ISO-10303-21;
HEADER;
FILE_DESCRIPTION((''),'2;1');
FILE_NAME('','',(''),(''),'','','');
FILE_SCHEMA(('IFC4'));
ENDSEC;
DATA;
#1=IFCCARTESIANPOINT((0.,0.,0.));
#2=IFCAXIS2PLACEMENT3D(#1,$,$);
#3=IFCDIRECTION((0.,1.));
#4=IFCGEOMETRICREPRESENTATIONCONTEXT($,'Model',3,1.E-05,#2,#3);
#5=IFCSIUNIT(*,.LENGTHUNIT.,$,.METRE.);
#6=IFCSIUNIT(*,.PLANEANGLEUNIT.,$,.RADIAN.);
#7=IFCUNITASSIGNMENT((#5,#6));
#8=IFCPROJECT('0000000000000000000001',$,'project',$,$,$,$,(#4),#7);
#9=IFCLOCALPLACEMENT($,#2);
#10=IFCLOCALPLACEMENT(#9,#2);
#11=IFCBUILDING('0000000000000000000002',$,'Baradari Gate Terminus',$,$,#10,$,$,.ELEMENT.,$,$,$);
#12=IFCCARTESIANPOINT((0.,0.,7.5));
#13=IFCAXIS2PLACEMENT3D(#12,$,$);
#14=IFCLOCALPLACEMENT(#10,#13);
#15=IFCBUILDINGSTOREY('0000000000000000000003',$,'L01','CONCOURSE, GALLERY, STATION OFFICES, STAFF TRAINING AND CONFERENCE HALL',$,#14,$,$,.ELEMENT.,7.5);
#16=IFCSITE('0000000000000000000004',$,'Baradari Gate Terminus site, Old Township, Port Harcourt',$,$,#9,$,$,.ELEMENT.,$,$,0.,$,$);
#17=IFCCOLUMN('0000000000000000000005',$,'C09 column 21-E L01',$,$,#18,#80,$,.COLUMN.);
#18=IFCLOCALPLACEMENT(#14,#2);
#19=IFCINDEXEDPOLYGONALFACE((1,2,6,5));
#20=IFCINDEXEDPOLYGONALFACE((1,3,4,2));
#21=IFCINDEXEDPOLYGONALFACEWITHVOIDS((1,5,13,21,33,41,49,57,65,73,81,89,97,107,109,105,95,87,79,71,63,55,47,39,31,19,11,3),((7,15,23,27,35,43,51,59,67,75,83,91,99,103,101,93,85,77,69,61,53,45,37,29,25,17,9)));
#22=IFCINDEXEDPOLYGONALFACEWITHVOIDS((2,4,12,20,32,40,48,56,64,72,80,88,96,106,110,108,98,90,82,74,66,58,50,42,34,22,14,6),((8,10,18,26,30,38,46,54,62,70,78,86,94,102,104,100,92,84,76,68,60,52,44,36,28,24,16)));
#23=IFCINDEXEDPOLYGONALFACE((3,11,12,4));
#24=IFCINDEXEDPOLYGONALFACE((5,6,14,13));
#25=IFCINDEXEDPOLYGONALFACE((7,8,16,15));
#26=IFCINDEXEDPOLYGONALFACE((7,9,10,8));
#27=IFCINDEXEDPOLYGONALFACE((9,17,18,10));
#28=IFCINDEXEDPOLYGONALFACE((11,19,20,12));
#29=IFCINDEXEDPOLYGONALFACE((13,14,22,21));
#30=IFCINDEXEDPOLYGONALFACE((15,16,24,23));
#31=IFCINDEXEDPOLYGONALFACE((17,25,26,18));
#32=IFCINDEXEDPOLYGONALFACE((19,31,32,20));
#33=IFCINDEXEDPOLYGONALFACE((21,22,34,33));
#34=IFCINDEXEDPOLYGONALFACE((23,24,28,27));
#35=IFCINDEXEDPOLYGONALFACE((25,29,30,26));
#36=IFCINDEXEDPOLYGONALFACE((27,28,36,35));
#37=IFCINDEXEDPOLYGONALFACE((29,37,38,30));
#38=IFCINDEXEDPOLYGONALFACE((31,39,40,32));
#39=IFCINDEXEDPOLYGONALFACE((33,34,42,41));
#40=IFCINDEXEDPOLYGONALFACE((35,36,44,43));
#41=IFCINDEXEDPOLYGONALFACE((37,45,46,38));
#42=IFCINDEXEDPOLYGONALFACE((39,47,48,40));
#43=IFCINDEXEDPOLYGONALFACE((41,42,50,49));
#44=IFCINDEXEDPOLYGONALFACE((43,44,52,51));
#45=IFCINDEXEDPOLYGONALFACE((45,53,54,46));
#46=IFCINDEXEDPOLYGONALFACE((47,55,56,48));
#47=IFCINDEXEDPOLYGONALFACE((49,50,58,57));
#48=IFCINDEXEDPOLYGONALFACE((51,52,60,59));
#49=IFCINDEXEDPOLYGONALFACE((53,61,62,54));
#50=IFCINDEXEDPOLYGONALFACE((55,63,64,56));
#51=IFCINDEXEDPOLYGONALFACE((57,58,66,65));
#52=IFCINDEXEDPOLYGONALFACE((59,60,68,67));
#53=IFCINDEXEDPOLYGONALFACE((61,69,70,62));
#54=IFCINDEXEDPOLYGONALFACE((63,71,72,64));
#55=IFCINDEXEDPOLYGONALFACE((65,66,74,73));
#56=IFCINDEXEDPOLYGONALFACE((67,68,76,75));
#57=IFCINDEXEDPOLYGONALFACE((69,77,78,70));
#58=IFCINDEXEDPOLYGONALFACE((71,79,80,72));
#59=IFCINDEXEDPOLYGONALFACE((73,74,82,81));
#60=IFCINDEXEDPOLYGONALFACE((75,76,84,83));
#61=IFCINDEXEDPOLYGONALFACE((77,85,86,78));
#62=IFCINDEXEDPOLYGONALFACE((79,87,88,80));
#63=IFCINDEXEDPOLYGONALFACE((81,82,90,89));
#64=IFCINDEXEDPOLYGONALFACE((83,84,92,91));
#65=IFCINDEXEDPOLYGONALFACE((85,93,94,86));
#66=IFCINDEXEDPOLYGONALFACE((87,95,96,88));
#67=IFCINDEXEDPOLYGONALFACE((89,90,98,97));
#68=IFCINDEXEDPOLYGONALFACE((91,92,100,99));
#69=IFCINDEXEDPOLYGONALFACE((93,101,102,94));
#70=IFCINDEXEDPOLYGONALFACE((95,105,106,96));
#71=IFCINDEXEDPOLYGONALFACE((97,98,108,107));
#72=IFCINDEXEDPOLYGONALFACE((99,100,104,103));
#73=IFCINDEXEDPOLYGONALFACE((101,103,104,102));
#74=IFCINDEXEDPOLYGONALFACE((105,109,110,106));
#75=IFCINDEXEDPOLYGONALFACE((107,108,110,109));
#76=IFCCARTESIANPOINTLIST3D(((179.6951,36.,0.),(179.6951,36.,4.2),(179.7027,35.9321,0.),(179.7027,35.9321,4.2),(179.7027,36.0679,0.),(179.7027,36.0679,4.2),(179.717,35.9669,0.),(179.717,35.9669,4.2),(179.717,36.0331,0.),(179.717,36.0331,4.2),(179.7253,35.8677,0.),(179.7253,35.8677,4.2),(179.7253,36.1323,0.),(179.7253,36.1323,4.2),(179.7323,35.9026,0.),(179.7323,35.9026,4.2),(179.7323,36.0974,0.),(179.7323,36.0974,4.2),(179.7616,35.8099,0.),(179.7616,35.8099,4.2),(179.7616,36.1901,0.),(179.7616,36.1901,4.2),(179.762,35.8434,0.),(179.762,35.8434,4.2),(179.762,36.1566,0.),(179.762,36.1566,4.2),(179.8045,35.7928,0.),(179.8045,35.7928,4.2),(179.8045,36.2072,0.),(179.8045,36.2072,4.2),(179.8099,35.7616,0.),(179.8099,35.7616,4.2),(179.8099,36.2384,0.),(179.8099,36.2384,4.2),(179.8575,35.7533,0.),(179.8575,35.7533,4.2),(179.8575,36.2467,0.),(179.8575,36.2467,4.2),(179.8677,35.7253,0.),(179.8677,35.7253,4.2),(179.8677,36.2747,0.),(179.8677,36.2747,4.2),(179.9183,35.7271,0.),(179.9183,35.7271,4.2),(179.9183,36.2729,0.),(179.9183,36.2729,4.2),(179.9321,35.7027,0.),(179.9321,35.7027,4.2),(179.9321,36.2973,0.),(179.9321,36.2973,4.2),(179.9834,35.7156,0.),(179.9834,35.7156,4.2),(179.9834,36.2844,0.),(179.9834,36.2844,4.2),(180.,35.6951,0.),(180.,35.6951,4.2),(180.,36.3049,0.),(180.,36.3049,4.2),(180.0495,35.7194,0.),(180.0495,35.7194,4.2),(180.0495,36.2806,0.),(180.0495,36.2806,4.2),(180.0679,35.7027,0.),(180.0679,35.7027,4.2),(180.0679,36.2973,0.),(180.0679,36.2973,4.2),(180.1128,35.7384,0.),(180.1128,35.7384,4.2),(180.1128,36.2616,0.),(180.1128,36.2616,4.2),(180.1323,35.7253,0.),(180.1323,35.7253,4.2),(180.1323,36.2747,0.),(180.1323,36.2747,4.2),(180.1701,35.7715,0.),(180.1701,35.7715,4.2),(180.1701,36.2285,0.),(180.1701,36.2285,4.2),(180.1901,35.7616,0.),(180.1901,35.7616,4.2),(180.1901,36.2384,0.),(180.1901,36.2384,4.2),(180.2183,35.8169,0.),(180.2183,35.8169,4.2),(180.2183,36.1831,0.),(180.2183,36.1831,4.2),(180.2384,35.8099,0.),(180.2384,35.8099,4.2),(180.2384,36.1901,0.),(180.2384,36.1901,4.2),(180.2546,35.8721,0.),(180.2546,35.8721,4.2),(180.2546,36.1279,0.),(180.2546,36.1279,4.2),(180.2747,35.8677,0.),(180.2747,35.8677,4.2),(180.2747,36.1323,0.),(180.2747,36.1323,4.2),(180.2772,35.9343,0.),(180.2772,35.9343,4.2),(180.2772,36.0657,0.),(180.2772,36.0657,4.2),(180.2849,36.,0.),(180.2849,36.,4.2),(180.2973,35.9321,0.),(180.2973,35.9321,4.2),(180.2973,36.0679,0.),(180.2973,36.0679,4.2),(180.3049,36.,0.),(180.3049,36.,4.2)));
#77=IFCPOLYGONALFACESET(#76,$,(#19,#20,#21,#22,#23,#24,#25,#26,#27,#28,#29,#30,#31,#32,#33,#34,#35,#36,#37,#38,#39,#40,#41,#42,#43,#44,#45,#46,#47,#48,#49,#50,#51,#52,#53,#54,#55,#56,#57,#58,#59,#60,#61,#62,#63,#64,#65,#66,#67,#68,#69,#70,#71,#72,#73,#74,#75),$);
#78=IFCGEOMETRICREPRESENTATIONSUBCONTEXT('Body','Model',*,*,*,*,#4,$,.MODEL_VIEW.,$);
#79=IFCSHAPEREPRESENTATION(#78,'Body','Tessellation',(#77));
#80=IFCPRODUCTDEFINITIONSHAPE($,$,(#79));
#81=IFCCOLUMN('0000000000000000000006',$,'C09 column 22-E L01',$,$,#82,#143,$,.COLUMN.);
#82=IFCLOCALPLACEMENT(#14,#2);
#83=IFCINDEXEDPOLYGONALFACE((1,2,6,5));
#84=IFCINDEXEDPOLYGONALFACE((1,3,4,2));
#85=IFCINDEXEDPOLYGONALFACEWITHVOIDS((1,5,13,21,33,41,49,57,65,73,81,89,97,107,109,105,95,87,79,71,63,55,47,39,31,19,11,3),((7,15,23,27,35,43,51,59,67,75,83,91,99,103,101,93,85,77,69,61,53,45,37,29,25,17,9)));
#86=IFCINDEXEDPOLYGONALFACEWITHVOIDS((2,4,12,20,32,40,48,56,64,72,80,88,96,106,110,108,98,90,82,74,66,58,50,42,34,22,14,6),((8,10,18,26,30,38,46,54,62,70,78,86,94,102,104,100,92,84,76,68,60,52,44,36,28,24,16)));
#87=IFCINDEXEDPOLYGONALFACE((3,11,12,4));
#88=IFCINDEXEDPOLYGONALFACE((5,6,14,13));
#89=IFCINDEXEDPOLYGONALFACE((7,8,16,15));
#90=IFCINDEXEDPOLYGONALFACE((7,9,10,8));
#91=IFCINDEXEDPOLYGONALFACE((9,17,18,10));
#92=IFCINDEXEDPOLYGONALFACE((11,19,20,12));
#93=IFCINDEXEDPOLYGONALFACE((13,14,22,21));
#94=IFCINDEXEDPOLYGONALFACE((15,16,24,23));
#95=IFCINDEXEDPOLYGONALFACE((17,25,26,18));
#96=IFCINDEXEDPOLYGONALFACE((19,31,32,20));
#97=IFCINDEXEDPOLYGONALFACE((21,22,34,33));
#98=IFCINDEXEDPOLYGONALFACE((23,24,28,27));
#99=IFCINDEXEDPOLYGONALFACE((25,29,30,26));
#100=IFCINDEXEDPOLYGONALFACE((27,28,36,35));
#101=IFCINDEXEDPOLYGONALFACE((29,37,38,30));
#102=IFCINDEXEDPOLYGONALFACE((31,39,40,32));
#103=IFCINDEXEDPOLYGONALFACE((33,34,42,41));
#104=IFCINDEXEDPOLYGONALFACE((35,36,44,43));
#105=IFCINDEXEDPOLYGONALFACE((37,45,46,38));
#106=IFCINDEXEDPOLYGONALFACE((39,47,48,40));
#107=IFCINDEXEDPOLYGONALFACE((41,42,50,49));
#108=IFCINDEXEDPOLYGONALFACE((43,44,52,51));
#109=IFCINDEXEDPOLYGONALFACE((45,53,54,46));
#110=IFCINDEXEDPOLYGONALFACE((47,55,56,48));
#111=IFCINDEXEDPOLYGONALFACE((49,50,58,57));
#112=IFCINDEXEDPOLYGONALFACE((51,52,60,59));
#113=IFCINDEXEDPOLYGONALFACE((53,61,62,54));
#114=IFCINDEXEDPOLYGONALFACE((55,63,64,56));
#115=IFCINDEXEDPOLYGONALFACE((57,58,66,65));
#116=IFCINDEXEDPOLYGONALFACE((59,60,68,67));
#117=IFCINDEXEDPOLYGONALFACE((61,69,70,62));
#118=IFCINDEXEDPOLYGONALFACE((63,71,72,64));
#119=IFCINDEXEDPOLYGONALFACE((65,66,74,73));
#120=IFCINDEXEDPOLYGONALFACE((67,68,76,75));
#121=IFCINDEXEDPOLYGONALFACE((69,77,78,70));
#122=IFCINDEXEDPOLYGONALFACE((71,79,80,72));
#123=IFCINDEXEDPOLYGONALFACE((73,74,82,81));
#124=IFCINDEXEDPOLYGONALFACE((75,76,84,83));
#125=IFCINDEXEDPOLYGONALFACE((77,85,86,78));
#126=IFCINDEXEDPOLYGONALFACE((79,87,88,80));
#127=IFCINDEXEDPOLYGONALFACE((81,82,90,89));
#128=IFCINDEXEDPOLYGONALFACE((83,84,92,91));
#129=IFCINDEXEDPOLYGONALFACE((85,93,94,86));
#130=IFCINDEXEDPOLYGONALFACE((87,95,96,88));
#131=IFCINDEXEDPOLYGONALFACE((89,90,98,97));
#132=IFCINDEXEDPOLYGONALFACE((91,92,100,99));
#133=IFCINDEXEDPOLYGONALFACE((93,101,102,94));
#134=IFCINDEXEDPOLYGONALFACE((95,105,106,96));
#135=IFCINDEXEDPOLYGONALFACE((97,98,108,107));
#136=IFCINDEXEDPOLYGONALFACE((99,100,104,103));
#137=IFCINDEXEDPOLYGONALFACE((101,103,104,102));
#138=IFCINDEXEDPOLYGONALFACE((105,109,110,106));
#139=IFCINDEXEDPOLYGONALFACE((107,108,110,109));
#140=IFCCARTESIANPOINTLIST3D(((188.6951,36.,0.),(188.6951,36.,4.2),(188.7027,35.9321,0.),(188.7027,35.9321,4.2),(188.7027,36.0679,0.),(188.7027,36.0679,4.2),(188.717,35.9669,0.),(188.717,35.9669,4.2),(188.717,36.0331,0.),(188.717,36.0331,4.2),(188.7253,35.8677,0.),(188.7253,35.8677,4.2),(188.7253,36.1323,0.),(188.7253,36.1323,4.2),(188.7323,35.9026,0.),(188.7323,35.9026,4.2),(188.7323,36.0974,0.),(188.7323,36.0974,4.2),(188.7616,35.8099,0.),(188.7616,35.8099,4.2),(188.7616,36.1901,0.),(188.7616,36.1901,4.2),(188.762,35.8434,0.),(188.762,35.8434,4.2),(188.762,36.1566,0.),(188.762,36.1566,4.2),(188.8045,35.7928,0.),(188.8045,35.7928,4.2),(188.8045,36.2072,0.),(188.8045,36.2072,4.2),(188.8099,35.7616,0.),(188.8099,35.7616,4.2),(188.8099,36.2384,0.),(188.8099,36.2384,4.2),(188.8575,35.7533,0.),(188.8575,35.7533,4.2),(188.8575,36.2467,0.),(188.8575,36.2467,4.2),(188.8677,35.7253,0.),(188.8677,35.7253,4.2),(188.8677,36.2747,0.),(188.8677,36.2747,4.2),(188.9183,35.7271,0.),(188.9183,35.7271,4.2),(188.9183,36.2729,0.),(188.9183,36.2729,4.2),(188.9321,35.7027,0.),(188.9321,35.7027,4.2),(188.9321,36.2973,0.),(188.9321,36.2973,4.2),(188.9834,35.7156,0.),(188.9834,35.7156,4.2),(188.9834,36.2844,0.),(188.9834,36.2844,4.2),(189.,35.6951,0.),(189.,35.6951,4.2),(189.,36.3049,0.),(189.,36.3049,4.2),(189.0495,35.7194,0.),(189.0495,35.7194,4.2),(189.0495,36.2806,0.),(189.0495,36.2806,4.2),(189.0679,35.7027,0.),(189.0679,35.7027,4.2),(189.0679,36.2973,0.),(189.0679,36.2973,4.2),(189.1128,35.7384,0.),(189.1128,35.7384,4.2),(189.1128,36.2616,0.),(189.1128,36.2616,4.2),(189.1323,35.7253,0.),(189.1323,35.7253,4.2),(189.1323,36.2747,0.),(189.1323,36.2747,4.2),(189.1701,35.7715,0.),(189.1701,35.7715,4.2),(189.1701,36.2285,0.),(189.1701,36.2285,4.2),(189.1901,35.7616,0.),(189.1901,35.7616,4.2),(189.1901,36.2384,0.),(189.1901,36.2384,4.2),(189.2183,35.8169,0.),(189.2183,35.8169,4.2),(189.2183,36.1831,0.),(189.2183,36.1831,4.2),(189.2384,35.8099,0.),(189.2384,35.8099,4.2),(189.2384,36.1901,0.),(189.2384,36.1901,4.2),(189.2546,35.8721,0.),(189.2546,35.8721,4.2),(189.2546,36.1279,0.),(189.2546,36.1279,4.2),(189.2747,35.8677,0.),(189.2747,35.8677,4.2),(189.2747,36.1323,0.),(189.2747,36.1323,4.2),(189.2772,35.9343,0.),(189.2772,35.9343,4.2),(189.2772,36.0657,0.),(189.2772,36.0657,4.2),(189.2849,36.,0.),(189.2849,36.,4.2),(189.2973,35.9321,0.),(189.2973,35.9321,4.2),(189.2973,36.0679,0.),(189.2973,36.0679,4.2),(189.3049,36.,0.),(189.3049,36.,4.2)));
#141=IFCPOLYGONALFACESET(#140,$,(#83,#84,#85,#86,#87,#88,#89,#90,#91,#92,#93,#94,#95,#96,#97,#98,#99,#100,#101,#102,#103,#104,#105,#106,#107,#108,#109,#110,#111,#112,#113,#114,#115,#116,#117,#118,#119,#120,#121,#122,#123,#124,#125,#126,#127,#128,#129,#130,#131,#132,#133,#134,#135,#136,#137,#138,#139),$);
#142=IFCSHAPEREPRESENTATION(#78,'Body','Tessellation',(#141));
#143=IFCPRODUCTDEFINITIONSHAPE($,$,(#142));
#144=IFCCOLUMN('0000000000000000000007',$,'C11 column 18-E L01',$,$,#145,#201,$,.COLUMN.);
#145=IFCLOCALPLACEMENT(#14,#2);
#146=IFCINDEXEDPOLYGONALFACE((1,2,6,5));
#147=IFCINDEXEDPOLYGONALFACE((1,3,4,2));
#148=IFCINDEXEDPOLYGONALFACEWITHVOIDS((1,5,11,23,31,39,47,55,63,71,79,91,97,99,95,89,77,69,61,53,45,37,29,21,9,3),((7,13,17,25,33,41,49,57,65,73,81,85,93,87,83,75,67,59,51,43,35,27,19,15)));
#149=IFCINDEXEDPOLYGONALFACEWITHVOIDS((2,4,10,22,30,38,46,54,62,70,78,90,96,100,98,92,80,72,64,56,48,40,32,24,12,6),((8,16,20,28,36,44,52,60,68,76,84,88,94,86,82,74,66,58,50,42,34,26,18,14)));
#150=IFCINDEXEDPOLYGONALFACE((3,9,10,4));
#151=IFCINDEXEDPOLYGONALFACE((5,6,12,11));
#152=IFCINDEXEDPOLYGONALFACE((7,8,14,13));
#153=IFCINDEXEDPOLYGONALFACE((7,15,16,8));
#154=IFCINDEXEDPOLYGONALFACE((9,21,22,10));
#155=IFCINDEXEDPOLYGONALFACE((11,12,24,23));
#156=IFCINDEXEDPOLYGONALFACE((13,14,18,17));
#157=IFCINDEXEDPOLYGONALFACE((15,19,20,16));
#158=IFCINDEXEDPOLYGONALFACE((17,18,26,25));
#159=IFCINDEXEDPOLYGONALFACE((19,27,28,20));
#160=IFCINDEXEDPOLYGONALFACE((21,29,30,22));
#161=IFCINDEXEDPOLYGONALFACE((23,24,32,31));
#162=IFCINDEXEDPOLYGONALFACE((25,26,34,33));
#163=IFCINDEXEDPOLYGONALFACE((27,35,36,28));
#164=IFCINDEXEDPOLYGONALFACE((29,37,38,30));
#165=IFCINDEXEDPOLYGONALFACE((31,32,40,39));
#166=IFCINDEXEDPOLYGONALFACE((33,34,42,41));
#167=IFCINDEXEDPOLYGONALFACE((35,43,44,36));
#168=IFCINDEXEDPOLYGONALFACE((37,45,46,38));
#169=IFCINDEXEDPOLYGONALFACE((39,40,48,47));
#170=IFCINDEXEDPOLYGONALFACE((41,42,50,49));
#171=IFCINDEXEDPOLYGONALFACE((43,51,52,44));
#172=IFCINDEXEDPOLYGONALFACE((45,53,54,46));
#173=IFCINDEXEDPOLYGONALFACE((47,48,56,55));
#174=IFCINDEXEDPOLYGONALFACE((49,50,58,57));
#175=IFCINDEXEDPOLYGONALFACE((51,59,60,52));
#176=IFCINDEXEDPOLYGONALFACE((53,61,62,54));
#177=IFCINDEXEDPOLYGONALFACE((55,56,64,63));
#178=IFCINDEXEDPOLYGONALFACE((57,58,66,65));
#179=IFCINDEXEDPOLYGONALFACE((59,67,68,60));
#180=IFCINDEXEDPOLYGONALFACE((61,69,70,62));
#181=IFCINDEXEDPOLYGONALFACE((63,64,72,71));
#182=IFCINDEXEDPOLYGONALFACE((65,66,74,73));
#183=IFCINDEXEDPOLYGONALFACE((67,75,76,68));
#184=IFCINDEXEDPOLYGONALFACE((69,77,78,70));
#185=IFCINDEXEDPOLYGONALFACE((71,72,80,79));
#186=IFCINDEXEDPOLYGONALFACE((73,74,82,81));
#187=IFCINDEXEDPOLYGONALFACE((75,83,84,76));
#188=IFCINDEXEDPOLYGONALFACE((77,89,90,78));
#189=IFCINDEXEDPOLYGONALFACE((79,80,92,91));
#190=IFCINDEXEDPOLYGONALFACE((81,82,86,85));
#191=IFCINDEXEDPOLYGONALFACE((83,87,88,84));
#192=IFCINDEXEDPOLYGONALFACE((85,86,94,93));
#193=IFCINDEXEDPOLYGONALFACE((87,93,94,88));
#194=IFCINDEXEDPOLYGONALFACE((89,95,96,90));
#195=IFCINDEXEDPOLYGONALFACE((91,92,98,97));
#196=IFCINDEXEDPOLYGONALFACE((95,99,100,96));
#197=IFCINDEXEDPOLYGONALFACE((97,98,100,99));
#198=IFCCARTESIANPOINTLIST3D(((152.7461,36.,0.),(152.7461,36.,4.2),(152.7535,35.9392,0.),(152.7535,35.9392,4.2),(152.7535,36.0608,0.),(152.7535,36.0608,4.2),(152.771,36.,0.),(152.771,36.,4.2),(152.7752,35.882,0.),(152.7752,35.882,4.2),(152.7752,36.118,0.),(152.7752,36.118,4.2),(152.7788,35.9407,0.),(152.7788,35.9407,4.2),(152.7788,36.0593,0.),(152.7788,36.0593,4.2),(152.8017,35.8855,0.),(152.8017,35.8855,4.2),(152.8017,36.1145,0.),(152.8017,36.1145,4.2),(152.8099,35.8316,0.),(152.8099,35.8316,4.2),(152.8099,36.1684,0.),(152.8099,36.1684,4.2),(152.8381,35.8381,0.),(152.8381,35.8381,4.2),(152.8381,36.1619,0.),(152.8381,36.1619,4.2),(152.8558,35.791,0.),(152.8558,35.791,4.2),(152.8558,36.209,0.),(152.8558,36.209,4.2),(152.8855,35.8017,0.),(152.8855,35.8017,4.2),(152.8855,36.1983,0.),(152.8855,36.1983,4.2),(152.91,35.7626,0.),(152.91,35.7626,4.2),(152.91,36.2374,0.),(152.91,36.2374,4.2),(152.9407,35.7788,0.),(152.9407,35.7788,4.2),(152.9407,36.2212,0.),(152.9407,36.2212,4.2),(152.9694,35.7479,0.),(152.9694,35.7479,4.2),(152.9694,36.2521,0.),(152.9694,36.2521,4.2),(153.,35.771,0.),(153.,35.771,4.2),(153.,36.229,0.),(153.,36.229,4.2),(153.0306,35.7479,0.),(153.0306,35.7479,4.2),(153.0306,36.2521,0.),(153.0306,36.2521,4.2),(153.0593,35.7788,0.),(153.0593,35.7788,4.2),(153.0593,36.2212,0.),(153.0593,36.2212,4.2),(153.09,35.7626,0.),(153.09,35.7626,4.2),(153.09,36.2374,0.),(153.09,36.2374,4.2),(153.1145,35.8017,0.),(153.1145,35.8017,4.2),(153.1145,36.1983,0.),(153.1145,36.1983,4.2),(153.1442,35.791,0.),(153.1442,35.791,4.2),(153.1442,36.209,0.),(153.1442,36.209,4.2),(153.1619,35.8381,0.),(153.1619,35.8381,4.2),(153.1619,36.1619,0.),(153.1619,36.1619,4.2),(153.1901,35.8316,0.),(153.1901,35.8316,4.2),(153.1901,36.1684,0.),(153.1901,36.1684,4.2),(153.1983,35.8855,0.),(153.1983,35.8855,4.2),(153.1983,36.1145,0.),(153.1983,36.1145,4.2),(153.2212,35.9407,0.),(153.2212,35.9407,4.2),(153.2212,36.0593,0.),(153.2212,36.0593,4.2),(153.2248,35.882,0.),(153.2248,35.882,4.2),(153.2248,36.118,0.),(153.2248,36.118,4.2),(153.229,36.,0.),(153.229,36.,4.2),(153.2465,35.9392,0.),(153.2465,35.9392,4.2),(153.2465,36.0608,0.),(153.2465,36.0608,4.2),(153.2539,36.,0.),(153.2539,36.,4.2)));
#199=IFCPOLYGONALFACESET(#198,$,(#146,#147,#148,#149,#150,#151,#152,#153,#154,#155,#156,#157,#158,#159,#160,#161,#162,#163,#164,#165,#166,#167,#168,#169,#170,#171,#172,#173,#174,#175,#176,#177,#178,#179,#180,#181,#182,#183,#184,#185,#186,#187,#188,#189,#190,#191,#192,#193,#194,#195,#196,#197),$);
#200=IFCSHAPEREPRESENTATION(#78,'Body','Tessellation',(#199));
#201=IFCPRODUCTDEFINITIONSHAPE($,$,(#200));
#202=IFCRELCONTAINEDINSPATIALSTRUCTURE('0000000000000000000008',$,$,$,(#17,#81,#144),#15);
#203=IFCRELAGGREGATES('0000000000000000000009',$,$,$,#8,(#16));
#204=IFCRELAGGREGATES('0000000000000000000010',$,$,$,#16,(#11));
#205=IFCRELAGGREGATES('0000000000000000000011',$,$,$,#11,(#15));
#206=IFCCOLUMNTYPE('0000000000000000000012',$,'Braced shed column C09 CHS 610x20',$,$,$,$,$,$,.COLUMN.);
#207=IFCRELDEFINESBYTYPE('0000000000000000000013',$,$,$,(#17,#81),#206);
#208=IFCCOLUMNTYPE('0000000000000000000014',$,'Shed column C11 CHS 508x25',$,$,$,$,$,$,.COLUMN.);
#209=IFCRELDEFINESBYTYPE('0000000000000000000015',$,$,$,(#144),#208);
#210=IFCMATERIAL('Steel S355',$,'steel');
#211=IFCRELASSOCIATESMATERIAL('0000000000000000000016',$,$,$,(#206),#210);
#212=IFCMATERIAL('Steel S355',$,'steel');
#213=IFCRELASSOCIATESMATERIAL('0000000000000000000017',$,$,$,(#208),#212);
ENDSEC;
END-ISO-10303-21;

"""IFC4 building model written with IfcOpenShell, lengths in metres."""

from ifc_helpers import new_model, si_unit, direction, frame, origin, origin_2d, place, context, subcontext, project, spatial, hollow_circle, extrude, material, material_profile, profile_set, type_object, element, save


model = new_model("IFC4")

# Units and contexts
model_context = context("Model", 3, precision=1e-05, world=origin(), true_north=direction((0.0, 1.0)))
body_context = subcontext(model_context, "Body", "Model", "MODEL_VIEW")
ifc_project = project(units=[si_unit("LENGTHUNIT", "METRE"), si_unit("PLANEANGLEUNIT", "RADIAN")], contexts=[model_context])

# Site, building, storey
site_placement = place(None, origin())
site = spatial("IfcSite", under=ifc_project, at=site_placement, Name="Baradari Gate Terminus site, Old Township, Port Harcourt", CompositionType="ELEMENT", RefElevation=0.0)
building_placement = place(site_placement, origin())
building = spatial("IfcBuilding", under=site, at=building_placement, Name="Baradari Gate Terminus", CompositionType="ELEMENT")
storey_placement = place(building_placement, frame((0.0, 0.0, 7.5)))
storey = spatial("IfcBuildingStorey", under=building, at=storey_placement, Name="L01", Description="CONCOURSE, GALLERY, STATION OFFICES, STAFF TRAINING AND CONFERENCE HALL", CompositionType="ELEMENT", Elevation=7.5)

# Columns
ifc_material_1 = material(Name="Steel S355", Category="steel")
ifc_material_profile_1 = material_profile(ifc_material_1, hollow_circle(Radius=0.3049, WallThickness=0.02, at=origin_2d()), Name="CHS 610x20")
ifc_profile_set_1 = profile_set([ifc_material_profile_1], Name="Steel S355")
column_type_1 = type_object("IfcColumnType", Name="Braced shed column C09 CHS 610x20", PredefinedType="COLUMN", material=ifc_profile_set_1)
for number, where, z_axis, x_axis, name in (
    (1, (180.0, 36.0, 0.0), (0.0, 0.0, 1.0), (1.0, 0.0, 0.0), "C09 column 21-E L01"),
    (2, (189.0, 36.0, 0.0), (0.0, 0.0, 1.0), (1.0, 0.0, 0.0), "C09 column 22-E L01"),
):
    element("IfcColumn", number, at=place(storey_placement, frame(where, z_axis=z_axis, x_axis=x_axis)), inside=storey, type_object=column_type_1, Name=name, PredefinedType="COLUMN", context=body_context, shape_type="SweptSolid", body=[
        extrude(hollow_circle(Radius=0.3049, WallThickness=0.02, at=origin_2d()), origin(), (0.0, 0.0, 1.0), 4.2),
    ])
ifc_material_2 = material(Name="Steel S355", Category="steel")
ifc_material_profile_2 = material_profile(ifc_material_2, hollow_circle(Radius=0.2539, WallThickness=0.0249, at=origin_2d()), Name="CHS 508x25")
ifc_profile_set_2 = profile_set([ifc_material_profile_2], Name="Steel S355")
column_type_2 = type_object("IfcColumnType", Name="Shed column C11 CHS 508x25", PredefinedType="COLUMN", material=ifc_profile_set_2)
for number, where, z_axis, x_axis, name in (
    (3, (153.0, 36.0, 0.0), (0.0, 0.0, 1.0), (1.0, 0.0, 0.0), "C11 column 18-E L01"),
):
    element("IfcColumn", number, at=place(storey_placement, frame(where, z_axis=z_axis, x_axis=x_axis)), inside=storey, type_object=column_type_2, Name=name, PredefinedType="COLUMN", context=body_context, shape_type="SweptSolid", body=[
        extrude(hollow_circle(Radius=0.2539, WallThickness=0.0249, at=origin_2d()), origin(), (0.0, 0.0, 1.0), 4.2),
    ])

save(model, "model.ifc")
